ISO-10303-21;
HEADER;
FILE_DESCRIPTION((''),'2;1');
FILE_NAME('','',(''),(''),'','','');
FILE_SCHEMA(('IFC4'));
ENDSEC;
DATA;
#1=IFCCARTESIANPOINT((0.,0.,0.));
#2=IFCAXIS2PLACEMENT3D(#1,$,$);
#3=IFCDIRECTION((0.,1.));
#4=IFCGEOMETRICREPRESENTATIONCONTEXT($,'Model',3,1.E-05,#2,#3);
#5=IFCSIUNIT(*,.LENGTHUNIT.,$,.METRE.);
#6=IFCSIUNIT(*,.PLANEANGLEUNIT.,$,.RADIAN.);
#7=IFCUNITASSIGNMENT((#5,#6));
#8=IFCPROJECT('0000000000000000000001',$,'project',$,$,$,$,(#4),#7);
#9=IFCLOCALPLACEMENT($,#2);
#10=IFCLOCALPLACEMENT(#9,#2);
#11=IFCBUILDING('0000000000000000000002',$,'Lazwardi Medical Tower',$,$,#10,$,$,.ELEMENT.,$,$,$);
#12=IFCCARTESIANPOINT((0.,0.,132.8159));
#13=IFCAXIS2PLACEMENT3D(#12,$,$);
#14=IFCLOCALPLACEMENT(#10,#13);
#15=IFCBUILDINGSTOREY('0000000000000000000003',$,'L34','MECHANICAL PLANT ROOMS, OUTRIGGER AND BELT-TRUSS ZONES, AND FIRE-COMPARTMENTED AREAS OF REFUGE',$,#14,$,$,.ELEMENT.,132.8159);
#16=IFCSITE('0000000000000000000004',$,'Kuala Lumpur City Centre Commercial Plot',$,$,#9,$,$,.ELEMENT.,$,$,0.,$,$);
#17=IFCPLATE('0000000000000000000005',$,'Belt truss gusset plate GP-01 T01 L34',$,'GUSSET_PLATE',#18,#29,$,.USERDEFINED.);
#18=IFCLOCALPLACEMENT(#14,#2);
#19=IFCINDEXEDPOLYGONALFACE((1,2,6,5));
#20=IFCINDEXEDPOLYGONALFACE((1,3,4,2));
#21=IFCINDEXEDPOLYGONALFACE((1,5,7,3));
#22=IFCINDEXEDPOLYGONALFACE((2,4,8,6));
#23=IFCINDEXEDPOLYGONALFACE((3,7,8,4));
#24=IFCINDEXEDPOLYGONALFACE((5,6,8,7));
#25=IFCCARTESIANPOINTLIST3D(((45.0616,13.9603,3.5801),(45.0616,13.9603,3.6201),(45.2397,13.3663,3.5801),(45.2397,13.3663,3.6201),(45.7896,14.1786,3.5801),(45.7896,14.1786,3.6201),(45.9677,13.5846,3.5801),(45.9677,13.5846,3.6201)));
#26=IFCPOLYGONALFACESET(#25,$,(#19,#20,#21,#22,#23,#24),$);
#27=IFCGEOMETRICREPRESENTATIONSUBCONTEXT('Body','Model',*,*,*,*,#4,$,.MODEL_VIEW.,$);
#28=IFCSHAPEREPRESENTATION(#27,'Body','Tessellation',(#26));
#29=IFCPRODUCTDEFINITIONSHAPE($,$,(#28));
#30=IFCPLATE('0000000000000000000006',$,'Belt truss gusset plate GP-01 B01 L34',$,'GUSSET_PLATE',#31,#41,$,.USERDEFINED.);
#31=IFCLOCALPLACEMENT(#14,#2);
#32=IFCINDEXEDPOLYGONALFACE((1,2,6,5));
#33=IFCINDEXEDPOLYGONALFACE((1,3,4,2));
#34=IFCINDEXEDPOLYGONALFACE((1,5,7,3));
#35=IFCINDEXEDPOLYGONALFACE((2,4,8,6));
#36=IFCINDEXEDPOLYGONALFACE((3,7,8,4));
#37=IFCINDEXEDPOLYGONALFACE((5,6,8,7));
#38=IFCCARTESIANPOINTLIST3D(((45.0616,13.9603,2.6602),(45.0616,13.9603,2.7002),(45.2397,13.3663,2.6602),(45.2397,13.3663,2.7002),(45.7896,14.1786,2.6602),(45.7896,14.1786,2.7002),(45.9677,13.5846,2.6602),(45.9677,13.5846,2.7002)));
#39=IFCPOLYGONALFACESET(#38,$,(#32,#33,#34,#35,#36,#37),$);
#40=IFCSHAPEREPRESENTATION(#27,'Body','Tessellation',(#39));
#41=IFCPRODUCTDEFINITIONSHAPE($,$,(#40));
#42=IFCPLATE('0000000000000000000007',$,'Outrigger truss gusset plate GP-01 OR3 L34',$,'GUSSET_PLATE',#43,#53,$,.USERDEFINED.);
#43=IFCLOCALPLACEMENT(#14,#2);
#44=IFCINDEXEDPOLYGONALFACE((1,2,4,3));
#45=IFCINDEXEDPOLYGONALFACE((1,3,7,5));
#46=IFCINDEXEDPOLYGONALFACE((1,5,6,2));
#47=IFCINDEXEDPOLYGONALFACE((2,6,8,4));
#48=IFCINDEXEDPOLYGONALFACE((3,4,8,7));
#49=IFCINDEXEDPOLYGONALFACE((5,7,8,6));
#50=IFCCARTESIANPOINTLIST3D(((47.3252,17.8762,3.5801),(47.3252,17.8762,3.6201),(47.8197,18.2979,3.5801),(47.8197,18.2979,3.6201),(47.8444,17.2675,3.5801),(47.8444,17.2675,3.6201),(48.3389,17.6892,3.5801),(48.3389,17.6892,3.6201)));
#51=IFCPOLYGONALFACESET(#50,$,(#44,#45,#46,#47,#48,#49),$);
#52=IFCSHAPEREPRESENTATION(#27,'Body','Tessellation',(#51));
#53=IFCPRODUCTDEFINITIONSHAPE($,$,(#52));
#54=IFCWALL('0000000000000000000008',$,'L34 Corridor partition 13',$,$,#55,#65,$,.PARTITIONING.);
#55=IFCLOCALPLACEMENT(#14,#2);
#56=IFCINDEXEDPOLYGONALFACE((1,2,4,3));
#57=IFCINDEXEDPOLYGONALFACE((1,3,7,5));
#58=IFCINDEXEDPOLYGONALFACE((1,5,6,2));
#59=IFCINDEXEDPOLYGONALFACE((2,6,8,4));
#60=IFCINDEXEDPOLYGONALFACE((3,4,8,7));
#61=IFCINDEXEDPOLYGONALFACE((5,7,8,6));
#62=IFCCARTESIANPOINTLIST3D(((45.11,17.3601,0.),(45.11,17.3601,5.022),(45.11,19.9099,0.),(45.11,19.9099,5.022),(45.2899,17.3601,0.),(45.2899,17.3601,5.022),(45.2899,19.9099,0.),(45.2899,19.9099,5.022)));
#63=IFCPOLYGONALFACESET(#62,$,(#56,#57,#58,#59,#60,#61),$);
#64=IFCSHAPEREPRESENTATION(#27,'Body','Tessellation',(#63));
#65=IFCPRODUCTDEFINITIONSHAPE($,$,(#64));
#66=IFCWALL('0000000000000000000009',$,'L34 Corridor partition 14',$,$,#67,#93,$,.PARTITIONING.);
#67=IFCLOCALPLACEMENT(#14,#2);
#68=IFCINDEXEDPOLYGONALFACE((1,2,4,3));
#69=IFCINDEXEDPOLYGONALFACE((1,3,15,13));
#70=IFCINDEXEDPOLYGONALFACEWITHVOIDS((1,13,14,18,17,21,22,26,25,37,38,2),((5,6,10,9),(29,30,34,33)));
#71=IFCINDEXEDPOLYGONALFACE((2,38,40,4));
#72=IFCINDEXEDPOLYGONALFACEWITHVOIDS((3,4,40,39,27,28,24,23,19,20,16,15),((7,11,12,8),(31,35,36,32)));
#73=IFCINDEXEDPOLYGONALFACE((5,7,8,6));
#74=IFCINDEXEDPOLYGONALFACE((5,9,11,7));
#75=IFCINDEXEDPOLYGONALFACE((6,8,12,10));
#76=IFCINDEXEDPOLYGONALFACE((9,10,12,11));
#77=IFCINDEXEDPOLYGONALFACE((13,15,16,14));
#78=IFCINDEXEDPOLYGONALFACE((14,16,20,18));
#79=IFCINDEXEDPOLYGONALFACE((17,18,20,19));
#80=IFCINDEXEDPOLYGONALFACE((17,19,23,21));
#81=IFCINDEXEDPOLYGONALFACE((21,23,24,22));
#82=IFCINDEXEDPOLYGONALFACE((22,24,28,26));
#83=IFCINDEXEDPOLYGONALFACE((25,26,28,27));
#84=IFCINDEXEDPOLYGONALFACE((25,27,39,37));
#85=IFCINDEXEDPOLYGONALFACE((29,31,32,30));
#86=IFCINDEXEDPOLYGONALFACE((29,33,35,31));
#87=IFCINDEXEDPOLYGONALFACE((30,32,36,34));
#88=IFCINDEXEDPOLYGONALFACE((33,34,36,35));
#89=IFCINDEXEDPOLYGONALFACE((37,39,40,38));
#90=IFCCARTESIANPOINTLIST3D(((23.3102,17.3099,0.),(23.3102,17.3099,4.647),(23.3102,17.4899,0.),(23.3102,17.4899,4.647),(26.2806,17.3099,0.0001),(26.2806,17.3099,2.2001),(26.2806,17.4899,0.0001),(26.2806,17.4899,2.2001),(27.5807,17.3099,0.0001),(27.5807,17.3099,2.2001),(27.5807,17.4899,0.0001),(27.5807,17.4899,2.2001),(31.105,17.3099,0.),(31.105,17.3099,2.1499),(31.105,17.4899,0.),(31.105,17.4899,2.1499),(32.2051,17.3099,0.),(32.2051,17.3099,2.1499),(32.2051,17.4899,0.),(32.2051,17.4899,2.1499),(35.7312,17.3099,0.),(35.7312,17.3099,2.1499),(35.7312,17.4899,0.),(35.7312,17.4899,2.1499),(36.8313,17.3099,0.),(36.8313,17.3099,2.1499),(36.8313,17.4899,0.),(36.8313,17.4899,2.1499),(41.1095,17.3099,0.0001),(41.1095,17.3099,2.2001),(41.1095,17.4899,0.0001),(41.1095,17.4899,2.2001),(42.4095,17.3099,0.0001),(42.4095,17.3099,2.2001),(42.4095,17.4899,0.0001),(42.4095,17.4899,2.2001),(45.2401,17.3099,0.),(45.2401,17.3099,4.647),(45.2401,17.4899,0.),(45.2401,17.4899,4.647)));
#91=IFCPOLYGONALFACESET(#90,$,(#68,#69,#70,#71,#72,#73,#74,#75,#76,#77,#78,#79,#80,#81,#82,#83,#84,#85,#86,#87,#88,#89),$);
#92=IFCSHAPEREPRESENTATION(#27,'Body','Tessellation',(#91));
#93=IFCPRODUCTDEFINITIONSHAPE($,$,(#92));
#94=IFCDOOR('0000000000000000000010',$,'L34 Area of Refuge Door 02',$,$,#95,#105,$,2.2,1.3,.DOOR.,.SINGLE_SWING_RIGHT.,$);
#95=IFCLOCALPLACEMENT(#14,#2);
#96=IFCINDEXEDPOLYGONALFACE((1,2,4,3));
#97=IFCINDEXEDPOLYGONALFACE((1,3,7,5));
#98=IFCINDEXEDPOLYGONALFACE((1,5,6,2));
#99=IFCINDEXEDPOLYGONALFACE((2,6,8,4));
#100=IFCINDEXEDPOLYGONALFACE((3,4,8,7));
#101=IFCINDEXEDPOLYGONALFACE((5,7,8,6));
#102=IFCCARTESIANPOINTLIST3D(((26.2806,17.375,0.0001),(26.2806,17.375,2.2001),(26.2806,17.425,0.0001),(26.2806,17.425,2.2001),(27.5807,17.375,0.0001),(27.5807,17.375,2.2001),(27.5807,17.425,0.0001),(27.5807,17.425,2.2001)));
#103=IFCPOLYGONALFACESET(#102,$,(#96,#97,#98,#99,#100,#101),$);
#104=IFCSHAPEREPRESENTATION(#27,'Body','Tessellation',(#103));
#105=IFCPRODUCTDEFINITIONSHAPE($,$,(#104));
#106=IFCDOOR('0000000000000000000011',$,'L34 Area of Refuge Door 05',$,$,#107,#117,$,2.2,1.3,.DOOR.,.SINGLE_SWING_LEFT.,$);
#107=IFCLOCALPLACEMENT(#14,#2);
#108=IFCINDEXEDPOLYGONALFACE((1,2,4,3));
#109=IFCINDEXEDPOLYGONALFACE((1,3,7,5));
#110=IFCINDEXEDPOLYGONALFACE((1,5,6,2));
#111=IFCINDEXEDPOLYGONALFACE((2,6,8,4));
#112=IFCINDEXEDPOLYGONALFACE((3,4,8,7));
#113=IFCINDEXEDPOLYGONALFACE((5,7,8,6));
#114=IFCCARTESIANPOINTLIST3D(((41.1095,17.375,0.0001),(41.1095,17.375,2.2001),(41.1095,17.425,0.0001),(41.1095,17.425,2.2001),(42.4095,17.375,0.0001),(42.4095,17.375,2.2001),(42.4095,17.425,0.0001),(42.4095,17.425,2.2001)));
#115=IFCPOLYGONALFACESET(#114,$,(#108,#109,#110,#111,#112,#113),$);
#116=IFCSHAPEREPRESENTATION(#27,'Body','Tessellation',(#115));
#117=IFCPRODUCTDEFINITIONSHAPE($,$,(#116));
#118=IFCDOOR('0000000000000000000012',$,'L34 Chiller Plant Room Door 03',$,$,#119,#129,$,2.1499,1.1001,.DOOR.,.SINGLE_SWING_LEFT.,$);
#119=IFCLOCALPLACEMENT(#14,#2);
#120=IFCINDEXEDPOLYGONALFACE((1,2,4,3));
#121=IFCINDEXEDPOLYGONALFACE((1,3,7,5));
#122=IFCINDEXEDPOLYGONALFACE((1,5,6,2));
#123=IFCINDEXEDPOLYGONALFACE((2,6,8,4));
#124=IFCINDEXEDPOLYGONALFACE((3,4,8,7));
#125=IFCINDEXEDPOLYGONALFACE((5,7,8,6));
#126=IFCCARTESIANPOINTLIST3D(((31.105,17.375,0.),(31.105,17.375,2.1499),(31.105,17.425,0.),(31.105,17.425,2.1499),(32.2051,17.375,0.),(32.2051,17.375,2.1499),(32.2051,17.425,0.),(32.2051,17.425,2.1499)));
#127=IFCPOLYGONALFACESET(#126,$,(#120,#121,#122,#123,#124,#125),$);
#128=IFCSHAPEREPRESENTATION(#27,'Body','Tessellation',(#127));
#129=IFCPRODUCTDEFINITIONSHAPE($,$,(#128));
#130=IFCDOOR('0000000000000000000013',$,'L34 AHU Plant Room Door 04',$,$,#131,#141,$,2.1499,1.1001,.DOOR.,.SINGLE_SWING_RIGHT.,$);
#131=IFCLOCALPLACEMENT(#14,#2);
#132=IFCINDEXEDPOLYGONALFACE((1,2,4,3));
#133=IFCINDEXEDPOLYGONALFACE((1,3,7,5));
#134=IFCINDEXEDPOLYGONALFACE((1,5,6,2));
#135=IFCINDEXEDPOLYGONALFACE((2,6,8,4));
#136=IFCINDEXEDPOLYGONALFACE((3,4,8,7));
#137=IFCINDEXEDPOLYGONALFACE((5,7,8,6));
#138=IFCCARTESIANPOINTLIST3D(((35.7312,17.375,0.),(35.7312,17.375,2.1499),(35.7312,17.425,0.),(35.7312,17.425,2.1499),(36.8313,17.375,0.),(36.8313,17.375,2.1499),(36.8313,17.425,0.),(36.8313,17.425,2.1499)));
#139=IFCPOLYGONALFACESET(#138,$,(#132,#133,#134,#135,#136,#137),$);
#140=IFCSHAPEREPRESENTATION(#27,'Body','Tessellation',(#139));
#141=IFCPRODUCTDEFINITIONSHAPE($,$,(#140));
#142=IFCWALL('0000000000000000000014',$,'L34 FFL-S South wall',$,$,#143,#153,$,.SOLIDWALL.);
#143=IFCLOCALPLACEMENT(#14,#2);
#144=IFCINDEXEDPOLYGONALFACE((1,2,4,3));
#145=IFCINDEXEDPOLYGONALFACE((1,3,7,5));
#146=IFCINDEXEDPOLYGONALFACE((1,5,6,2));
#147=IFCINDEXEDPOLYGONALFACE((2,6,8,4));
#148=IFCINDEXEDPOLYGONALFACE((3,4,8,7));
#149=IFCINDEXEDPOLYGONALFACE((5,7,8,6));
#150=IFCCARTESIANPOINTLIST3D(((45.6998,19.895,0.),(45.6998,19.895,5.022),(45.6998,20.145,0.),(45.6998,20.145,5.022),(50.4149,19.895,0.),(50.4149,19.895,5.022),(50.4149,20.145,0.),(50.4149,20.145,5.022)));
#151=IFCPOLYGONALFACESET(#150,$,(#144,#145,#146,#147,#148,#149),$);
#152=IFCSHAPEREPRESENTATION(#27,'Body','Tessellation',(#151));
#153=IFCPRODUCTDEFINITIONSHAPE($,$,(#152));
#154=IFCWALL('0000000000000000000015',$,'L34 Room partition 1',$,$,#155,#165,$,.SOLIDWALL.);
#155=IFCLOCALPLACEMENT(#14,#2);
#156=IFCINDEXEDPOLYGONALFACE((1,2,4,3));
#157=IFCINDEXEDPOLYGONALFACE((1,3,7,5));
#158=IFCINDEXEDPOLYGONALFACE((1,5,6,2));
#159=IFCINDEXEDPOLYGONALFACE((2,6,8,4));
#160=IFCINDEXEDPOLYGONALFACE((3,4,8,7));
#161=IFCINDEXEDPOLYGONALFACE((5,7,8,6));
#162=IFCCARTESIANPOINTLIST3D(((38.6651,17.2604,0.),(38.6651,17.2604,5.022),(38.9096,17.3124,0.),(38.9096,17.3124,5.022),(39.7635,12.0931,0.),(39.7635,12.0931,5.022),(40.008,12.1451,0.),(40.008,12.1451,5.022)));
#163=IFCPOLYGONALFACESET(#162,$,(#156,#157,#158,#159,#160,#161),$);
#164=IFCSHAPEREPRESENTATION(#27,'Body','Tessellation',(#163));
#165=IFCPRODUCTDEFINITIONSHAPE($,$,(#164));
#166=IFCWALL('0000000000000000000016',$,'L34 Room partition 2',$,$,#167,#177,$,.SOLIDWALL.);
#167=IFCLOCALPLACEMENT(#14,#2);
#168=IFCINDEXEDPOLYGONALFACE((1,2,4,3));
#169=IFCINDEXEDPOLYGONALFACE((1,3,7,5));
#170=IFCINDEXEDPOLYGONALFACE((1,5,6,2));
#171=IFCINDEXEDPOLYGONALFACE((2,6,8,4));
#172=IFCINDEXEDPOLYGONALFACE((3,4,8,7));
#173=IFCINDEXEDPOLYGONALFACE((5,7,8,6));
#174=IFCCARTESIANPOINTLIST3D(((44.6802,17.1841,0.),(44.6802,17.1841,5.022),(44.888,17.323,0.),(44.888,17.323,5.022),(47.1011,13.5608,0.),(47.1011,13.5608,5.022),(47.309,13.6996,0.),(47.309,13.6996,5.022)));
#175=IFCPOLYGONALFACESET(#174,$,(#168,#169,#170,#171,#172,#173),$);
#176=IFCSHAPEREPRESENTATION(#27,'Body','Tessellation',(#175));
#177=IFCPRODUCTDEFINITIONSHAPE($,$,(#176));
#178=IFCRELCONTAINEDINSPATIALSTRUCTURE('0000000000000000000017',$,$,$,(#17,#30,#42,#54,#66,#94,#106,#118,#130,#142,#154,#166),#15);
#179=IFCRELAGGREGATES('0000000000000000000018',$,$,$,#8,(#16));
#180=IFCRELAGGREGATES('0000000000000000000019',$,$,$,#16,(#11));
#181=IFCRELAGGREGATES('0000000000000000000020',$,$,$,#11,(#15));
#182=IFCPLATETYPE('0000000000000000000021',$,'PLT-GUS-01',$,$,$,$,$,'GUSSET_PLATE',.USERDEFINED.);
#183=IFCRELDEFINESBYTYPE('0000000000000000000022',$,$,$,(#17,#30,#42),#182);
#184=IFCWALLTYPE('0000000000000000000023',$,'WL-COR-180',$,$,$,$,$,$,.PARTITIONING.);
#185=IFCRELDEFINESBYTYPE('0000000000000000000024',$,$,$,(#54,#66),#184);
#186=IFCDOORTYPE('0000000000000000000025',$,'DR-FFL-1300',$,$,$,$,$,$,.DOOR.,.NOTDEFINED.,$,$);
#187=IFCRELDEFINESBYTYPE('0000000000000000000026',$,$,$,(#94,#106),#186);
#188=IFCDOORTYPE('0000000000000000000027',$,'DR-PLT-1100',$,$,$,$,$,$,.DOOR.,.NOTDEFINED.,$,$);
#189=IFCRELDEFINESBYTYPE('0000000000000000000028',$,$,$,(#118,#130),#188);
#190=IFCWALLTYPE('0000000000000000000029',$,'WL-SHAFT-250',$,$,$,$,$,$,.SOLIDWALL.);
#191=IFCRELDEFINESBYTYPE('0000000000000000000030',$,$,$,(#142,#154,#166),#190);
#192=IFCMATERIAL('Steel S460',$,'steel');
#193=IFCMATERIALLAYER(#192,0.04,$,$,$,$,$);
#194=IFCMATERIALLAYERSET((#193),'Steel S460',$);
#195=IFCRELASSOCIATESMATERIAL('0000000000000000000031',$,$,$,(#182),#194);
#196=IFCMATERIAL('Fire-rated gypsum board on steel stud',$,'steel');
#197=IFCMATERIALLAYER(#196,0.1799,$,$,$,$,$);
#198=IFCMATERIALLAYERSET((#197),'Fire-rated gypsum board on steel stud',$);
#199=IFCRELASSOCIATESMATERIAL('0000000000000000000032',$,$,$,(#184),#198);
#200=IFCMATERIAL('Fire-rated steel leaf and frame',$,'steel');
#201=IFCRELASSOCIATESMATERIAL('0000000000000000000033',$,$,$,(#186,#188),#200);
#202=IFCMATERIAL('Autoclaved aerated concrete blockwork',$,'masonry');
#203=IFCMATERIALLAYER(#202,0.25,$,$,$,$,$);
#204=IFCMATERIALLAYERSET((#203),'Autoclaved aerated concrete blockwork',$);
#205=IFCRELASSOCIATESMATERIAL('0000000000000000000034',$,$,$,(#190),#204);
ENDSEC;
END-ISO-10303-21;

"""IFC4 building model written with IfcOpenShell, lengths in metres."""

from ifc_helpers import new_model, si_unit, direction, frame, frame_2d, origin, origin_2d, place, context, subcontext, project, spatial, rectangle, extrude, material, layer, layer_set, type_object, element, fill, save


model = new_model("IFC4")

# Units and contexts
model_context = context("Model", 3, precision=1e-05, world=origin(), true_north=direction((0.0, 1.0)))
body_context = subcontext(model_context, "Body", "Model", "MODEL_VIEW")
ifc_project = project(units=[si_unit("LENGTHUNIT", "METRE"), si_unit("PLANEANGLEUNIT", "RADIAN")], contexts=[model_context])

# Site, building, storey
site_placement = place(None, origin())
site = spatial("IfcSite", under=ifc_project, at=site_placement, Name="Kuala Lumpur City Centre Commercial Plot", CompositionType="ELEMENT", RefElevation=0.0)
building_placement = place(site_placement, origin())
building = spatial("IfcBuilding", under=site, at=building_placement, Name="Lazwardi Medical Tower", CompositionType="ELEMENT")
storey_placement = place(building_placement, frame((0.0, 0.0, 132.8159)))
storey = spatial("IfcBuildingStorey", under=building, at=storey_placement, Name="L34", Description="MECHANICAL PLANT ROOMS, OUTRIGGER AND BELT-TRUSS ZONES, AND FIRE-COMPARTMENTED AREAS OF REFUGE", CompositionType="ELEMENT", Elevation=132.8159)

# Plates
ifc_material_1 = material(Name="Steel S460", Category="steel")
ifc_layer_1 = layer(ifc_material_1, 0.04)
ifc_layer_set_1 = layer_set([ifc_layer_1], Name="Steel S460")
plate_type = type_object("IfcPlateType", Name="PLT-GUS-01", ElementType="GUSSET_PLATE", PredefinedType="USERDEFINED", material=ifc_layer_set_1)
for number, where, z_axis, x_axis, name in (
    (1, (45.5146, 13.7725, 3.5801), (0.0, 0.0, 1.0), (0.957873, 0.287193, 0.0), "Belt truss gusset plate GP-01 T01 L34"),
    (2, (45.5146, 13.7725, 2.6602), (0.0, 0.0, 1.0), (0.957873, 0.287193, 0.0), "Belt truss gusset plate GP-01 B01 L34"),
):
    element("IfcPlate", number, at=place(storey_placement, frame(where, z_axis=z_axis, x_axis=x_axis)), inside=storey, type_object=plate_type, Name=name, ObjectType="GUSSET_PLATE", PredefinedType="USERDEFINED", context=body_context, shape_type="SweptSolid", body=[
        extrude(rectangle(XDim=0.76, YDim=0.6201, at=origin_2d()), origin(), (0.0, 0.0, 1.0), 0.04),
    ])
plate_placement = place(storey_placement, frame((47.832, 17.7827, 3.5801), z_axis=(0.0, 0.0, 1.0), x_axis=(0.648917, -0.760859, 0.0)))
element("IfcPlate", 3, at=plate_placement, inside=storey, type_object=plate_type, Name="Outrigger truss gusset plate GP-01 OR3 L34", ObjectType="GUSSET_PLATE", PredefinedType="USERDEFINED", context=body_context, shape_type="SweptSolid", body=[
    extrude(rectangle(XDim=0.8, YDim=0.6499, at=origin_2d()), origin(), (0.0, 0.0, 1.0), 0.04),
])

# Wall
ifc_material_2 = material(Name="Fire-rated gypsum board on steel stud", Category="steel")
ifc_layer_2 = layer(ifc_material_2, 0.1799)
ifc_layer_set_2 = layer_set([ifc_layer_2], Name="Fire-rated gypsum board on steel stud")
wall_type_1 = type_object("IfcWallType", Name="WL-COR-180", PredefinedType="PARTITIONING", material=ifc_layer_set_2)
wall_1_placement = place(storey_placement, frame((45.2, 19.9099, 0.0), z_axis=(0.0, 0.0, 1.0), x_axis=(0.0, -1.0, 0.0)))
element("IfcWall", 4, at=wall_1_placement, inside=storey, type_object=wall_type_1, Name="L34 Corridor partition 13", PredefinedType="PARTITIONING", context=body_context, shape_type="SweptSolid", body=[
    extrude(rectangle(XDim=2.5498, YDim=0.1799, at=frame_2d((1.2749, 0.0))), origin(), (0.0, 0.0, 1.0), 5.022),
])

# Wall, openings, doors
wall_2_placement = place(storey_placement, frame((45.24, 17.3999, 0.0), z_axis=(0.0, 0.0, 1.0), x_axis=(-1.0, 0.0, 0.0)))
wall_2 = element("IfcWall", 5, at=wall_2_placement, inside=storey, type_object=wall_type_1, Name="L34 Corridor partition 14", PredefinedType="PARTITIONING", context=body_context, shape_type="SweptSolid", body=[
    extrude(rectangle(XDim=21.9299, YDim=0.1799, at=frame_2d((10.9648, 0.0))), origin(), (0.0, 0.0, 1.0), 4.647),
])
opening_1_placement = place(wall_2_placement, frame((17.6594, 0.0, 0.0)))
opening_1 = element("IfcOpeningElement", 6, at=opening_1_placement, cuts=wall_2, PredefinedType="OPENING", context=body_context, shape_type="SweptSolid", body=[
    extrude(rectangle(XDim=1.3, YDim=2.2, at=frame_2d((0.6499, 1.1001))), frame((0.0, 0.0999, 0.0), z_axis=(0.0, -1.0, 0.0), x_axis=(1.0, 0.0, 0.0)), (0.0, 0.0, 1.0), 0.2),
])
opening_2_placement = place(wall_2_placement, frame((13.0349, 0.0, 0.0)))
opening_2 = element("IfcOpeningElement", 7, at=opening_2_placement, cuts=wall_2, PredefinedType="OPENING", context=body_context, shape_type="SweptSolid", body=[
    extrude(rectangle(XDim=1.1001, YDim=2.1499, at=frame_2d((0.55, 1.075))), frame((0.0, 0.0999, 0.0), z_axis=(0.0, -1.0, 0.0), x_axis=(1.0, 0.0, 0.0)), (0.0, 0.0, 1.0), 0.2),
])
opening_3_placement = place(wall_2_placement, frame((8.4087, 0.0, 0.0)))
opening_3 = element("IfcOpeningElement", 8, at=opening_3_placement, cuts=wall_2, PredefinedType="OPENING", context=body_context, shape_type="SweptSolid", body=[
    extrude(rectangle(XDim=1.1001, YDim=2.1499, at=frame_2d((0.55, 1.075))), frame((0.0, 0.0999, 0.0), z_axis=(0.0, -1.0, 0.0), x_axis=(1.0, 0.0, 0.0)), (0.0, 0.0, 1.0), 0.2),
])
opening_4_placement = place(wall_2_placement, frame((2.8306, 0.0, 0.0)))
opening_4 = element("IfcOpeningElement", 9, at=opening_4_placement, cuts=wall_2, PredefinedType="OPENING", context=body_context, shape_type="SweptSolid", body=[
    extrude(rectangle(XDim=1.3, YDim=2.2, at=frame_2d((0.6499, 1.1001))), frame((0.0, 0.0999, 0.0), z_axis=(0.0, -1.0, 0.0), x_axis=(1.0, 0.0, 0.0)), (0.0, 0.0, 1.0), 0.2),
])
ifc_material_3 = material(Name="Fire-rated steel leaf and frame", Category="steel")
door_type_1 = type_object("IfcDoorType", Name="DR-FFL-1300", OperationType="NOTDEFINED", PredefinedType="DOOR", material=ifc_material_3)
door_1_placement = place(opening_1_placement, origin())
door_1 = element("IfcDoor", 10, at=door_1_placement, inside=storey, type_object=door_type_1, Name="L34 Area of Refuge Door 02", OperationType="SINGLE_SWING_RIGHT", OverallHeight=2.2, OverallWidth=1.3, PredefinedType="DOOR", context=body_context, shape_type="SweptSolid", body=[
    extrude(rectangle(XDim=1.3, YDim=2.2, at=frame_2d((0.6499, 1.1001))), frame((0.0, 0.0249, 0.0), z_axis=(0.0, -1.0, 0.0), x_axis=(1.0, 0.0, 0.0)), (0.0, 0.0, 1.0), 0.05),
])
fill(opening_1, door_1)
door_2_placement = place(opening_4_placement, origin())
door_2 = element("IfcDoor", 11, at=door_2_placement, inside=storey, type_object=door_type_1, Name="L34 Area of Refuge Door 05", OperationType="SINGLE_SWING_LEFT", OverallHeight=2.2, OverallWidth=1.3, PredefinedType="DOOR", context=body_context, shape_type="SweptSolid", body=[
    extrude(rectangle(XDim=1.3, YDim=2.2, at=frame_2d((0.6499, 1.1001))), frame((0.0, 0.0249, 0.0), z_axis=(0.0, -1.0, 0.0), x_axis=(1.0, 0.0, 0.0)), (0.0, 0.0, 1.0), 0.05),
])
fill(opening_4, door_2)
door_type_2 = type_object("IfcDoorType", Name="DR-PLT-1100", OperationType="NOTDEFINED", PredefinedType="DOOR", material=ifc_material_3)
door_3_placement = place(opening_2_placement, origin())
door_3 = element("IfcDoor", 12, at=door_3_placement, inside=storey, type_object=door_type_2, Name="L34 Chiller Plant Room Door 03", OperationType="SINGLE_SWING_LEFT", OverallHeight=2.1499, OverallWidth=1.1001, PredefinedType="DOOR", context=body_context, shape_type="SweptSolid", body=[
    extrude(rectangle(XDim=1.1001, YDim=2.1499, at=frame_2d((0.55, 1.075))), frame((0.0, 0.0249, 0.0), z_axis=(0.0, -1.0, 0.0), x_axis=(1.0, 0.0, 0.0)), (0.0, 0.0, 1.0), 0.05),
])
fill(opening_2, door_3)
door_4_placement = place(opening_3_placement, origin())
door_4 = element("IfcDoor", 13, at=door_4_placement, inside=storey, type_object=door_type_2, Name="L34 AHU Plant Room Door 04", OperationType="SINGLE_SWING_RIGHT", OverallHeight=2.1499, OverallWidth=1.1001, PredefinedType="DOOR", context=body_context, shape_type="SweptSolid", body=[
    extrude(rectangle(XDim=1.1001, YDim=2.1499, at=frame_2d((0.55, 1.075))), frame((0.0, 0.0249, 0.0), z_axis=(0.0, -1.0, 0.0), x_axis=(1.0, 0.0, 0.0)), (0.0, 0.0, 1.0), 0.05),
])
fill(opening_3, door_4)

# Walls
ifc_material_4 = material(Name="Autoclaved aerated concrete blockwork", Category="masonry")
ifc_layer_3 = layer(ifc_material_4, 0.25)
ifc_layer_set_3 = layer_set([ifc_layer_3], Name="Autoclaved aerated concrete blockwork")
wall_type_2 = type_object("IfcWallType", Name="WL-SHAFT-250", PredefinedType="SOLIDWALL", material=ifc_layer_set_3)
wall_3_placement = place(storey_placement, frame((45.7, 20.02, 0.0), z_axis=(0.0, 0.0, 1.0), x_axis=(1.0, 0.0, 0.0)))
element("IfcWall", 14, at=wall_3_placement, inside=storey, type_object=wall_type_2, Name="L34 FFL-S South wall", PredefinedType="SOLIDWALL", context=body_context, shape_type="SweptSolid", body=[
    extrude(rectangle(XDim=4.7151, YDim=0.25, at=frame_2d((2.3574, 0.0))), origin(), (0.0, 0.0, 1.0), 5.022),
])
wall_4_placement = place(storey_placement, frame((38.7874, 17.2864, 0.0), z_axis=(0.0, 0.0, 1.0), x_axis=(0.207922, -0.978145, 0.0)))
element("IfcWall", 15, at=wall_4_placement, inside=storey, type_object=wall_type_2, Name="L34 Room partition 1", PredefinedType="SOLIDWALL", context=body_context, shape_type="SweptSolid", body=[
    extrude(rectangle(XDim=5.2827, YDim=0.25, at=frame_2d((2.6414, 0.0))), origin(), (0.0, 0.0, 1.0), 5.022),
])
wall_5_placement = place(storey_placement, frame((44.7842, 17.2534, 0.0), z_axis=(0.0, 0.0, 1.0), x_axis=(0.555553, -0.831481, 0.0)))
element("IfcWall", 16, at=wall_5_placement, inside=storey, type_object=wall_type_2, Name="L34 Room partition 2", PredefinedType="SOLIDWALL", context=body_context, shape_type="SweptSolid", body=[
    extrude(rectangle(XDim=4.3577, YDim=0.25, at=frame_2d((2.1787, 0.0))), origin(), (0.0, 0.0, 1.0), 5.022),
])

save(model, "model.ifc")
